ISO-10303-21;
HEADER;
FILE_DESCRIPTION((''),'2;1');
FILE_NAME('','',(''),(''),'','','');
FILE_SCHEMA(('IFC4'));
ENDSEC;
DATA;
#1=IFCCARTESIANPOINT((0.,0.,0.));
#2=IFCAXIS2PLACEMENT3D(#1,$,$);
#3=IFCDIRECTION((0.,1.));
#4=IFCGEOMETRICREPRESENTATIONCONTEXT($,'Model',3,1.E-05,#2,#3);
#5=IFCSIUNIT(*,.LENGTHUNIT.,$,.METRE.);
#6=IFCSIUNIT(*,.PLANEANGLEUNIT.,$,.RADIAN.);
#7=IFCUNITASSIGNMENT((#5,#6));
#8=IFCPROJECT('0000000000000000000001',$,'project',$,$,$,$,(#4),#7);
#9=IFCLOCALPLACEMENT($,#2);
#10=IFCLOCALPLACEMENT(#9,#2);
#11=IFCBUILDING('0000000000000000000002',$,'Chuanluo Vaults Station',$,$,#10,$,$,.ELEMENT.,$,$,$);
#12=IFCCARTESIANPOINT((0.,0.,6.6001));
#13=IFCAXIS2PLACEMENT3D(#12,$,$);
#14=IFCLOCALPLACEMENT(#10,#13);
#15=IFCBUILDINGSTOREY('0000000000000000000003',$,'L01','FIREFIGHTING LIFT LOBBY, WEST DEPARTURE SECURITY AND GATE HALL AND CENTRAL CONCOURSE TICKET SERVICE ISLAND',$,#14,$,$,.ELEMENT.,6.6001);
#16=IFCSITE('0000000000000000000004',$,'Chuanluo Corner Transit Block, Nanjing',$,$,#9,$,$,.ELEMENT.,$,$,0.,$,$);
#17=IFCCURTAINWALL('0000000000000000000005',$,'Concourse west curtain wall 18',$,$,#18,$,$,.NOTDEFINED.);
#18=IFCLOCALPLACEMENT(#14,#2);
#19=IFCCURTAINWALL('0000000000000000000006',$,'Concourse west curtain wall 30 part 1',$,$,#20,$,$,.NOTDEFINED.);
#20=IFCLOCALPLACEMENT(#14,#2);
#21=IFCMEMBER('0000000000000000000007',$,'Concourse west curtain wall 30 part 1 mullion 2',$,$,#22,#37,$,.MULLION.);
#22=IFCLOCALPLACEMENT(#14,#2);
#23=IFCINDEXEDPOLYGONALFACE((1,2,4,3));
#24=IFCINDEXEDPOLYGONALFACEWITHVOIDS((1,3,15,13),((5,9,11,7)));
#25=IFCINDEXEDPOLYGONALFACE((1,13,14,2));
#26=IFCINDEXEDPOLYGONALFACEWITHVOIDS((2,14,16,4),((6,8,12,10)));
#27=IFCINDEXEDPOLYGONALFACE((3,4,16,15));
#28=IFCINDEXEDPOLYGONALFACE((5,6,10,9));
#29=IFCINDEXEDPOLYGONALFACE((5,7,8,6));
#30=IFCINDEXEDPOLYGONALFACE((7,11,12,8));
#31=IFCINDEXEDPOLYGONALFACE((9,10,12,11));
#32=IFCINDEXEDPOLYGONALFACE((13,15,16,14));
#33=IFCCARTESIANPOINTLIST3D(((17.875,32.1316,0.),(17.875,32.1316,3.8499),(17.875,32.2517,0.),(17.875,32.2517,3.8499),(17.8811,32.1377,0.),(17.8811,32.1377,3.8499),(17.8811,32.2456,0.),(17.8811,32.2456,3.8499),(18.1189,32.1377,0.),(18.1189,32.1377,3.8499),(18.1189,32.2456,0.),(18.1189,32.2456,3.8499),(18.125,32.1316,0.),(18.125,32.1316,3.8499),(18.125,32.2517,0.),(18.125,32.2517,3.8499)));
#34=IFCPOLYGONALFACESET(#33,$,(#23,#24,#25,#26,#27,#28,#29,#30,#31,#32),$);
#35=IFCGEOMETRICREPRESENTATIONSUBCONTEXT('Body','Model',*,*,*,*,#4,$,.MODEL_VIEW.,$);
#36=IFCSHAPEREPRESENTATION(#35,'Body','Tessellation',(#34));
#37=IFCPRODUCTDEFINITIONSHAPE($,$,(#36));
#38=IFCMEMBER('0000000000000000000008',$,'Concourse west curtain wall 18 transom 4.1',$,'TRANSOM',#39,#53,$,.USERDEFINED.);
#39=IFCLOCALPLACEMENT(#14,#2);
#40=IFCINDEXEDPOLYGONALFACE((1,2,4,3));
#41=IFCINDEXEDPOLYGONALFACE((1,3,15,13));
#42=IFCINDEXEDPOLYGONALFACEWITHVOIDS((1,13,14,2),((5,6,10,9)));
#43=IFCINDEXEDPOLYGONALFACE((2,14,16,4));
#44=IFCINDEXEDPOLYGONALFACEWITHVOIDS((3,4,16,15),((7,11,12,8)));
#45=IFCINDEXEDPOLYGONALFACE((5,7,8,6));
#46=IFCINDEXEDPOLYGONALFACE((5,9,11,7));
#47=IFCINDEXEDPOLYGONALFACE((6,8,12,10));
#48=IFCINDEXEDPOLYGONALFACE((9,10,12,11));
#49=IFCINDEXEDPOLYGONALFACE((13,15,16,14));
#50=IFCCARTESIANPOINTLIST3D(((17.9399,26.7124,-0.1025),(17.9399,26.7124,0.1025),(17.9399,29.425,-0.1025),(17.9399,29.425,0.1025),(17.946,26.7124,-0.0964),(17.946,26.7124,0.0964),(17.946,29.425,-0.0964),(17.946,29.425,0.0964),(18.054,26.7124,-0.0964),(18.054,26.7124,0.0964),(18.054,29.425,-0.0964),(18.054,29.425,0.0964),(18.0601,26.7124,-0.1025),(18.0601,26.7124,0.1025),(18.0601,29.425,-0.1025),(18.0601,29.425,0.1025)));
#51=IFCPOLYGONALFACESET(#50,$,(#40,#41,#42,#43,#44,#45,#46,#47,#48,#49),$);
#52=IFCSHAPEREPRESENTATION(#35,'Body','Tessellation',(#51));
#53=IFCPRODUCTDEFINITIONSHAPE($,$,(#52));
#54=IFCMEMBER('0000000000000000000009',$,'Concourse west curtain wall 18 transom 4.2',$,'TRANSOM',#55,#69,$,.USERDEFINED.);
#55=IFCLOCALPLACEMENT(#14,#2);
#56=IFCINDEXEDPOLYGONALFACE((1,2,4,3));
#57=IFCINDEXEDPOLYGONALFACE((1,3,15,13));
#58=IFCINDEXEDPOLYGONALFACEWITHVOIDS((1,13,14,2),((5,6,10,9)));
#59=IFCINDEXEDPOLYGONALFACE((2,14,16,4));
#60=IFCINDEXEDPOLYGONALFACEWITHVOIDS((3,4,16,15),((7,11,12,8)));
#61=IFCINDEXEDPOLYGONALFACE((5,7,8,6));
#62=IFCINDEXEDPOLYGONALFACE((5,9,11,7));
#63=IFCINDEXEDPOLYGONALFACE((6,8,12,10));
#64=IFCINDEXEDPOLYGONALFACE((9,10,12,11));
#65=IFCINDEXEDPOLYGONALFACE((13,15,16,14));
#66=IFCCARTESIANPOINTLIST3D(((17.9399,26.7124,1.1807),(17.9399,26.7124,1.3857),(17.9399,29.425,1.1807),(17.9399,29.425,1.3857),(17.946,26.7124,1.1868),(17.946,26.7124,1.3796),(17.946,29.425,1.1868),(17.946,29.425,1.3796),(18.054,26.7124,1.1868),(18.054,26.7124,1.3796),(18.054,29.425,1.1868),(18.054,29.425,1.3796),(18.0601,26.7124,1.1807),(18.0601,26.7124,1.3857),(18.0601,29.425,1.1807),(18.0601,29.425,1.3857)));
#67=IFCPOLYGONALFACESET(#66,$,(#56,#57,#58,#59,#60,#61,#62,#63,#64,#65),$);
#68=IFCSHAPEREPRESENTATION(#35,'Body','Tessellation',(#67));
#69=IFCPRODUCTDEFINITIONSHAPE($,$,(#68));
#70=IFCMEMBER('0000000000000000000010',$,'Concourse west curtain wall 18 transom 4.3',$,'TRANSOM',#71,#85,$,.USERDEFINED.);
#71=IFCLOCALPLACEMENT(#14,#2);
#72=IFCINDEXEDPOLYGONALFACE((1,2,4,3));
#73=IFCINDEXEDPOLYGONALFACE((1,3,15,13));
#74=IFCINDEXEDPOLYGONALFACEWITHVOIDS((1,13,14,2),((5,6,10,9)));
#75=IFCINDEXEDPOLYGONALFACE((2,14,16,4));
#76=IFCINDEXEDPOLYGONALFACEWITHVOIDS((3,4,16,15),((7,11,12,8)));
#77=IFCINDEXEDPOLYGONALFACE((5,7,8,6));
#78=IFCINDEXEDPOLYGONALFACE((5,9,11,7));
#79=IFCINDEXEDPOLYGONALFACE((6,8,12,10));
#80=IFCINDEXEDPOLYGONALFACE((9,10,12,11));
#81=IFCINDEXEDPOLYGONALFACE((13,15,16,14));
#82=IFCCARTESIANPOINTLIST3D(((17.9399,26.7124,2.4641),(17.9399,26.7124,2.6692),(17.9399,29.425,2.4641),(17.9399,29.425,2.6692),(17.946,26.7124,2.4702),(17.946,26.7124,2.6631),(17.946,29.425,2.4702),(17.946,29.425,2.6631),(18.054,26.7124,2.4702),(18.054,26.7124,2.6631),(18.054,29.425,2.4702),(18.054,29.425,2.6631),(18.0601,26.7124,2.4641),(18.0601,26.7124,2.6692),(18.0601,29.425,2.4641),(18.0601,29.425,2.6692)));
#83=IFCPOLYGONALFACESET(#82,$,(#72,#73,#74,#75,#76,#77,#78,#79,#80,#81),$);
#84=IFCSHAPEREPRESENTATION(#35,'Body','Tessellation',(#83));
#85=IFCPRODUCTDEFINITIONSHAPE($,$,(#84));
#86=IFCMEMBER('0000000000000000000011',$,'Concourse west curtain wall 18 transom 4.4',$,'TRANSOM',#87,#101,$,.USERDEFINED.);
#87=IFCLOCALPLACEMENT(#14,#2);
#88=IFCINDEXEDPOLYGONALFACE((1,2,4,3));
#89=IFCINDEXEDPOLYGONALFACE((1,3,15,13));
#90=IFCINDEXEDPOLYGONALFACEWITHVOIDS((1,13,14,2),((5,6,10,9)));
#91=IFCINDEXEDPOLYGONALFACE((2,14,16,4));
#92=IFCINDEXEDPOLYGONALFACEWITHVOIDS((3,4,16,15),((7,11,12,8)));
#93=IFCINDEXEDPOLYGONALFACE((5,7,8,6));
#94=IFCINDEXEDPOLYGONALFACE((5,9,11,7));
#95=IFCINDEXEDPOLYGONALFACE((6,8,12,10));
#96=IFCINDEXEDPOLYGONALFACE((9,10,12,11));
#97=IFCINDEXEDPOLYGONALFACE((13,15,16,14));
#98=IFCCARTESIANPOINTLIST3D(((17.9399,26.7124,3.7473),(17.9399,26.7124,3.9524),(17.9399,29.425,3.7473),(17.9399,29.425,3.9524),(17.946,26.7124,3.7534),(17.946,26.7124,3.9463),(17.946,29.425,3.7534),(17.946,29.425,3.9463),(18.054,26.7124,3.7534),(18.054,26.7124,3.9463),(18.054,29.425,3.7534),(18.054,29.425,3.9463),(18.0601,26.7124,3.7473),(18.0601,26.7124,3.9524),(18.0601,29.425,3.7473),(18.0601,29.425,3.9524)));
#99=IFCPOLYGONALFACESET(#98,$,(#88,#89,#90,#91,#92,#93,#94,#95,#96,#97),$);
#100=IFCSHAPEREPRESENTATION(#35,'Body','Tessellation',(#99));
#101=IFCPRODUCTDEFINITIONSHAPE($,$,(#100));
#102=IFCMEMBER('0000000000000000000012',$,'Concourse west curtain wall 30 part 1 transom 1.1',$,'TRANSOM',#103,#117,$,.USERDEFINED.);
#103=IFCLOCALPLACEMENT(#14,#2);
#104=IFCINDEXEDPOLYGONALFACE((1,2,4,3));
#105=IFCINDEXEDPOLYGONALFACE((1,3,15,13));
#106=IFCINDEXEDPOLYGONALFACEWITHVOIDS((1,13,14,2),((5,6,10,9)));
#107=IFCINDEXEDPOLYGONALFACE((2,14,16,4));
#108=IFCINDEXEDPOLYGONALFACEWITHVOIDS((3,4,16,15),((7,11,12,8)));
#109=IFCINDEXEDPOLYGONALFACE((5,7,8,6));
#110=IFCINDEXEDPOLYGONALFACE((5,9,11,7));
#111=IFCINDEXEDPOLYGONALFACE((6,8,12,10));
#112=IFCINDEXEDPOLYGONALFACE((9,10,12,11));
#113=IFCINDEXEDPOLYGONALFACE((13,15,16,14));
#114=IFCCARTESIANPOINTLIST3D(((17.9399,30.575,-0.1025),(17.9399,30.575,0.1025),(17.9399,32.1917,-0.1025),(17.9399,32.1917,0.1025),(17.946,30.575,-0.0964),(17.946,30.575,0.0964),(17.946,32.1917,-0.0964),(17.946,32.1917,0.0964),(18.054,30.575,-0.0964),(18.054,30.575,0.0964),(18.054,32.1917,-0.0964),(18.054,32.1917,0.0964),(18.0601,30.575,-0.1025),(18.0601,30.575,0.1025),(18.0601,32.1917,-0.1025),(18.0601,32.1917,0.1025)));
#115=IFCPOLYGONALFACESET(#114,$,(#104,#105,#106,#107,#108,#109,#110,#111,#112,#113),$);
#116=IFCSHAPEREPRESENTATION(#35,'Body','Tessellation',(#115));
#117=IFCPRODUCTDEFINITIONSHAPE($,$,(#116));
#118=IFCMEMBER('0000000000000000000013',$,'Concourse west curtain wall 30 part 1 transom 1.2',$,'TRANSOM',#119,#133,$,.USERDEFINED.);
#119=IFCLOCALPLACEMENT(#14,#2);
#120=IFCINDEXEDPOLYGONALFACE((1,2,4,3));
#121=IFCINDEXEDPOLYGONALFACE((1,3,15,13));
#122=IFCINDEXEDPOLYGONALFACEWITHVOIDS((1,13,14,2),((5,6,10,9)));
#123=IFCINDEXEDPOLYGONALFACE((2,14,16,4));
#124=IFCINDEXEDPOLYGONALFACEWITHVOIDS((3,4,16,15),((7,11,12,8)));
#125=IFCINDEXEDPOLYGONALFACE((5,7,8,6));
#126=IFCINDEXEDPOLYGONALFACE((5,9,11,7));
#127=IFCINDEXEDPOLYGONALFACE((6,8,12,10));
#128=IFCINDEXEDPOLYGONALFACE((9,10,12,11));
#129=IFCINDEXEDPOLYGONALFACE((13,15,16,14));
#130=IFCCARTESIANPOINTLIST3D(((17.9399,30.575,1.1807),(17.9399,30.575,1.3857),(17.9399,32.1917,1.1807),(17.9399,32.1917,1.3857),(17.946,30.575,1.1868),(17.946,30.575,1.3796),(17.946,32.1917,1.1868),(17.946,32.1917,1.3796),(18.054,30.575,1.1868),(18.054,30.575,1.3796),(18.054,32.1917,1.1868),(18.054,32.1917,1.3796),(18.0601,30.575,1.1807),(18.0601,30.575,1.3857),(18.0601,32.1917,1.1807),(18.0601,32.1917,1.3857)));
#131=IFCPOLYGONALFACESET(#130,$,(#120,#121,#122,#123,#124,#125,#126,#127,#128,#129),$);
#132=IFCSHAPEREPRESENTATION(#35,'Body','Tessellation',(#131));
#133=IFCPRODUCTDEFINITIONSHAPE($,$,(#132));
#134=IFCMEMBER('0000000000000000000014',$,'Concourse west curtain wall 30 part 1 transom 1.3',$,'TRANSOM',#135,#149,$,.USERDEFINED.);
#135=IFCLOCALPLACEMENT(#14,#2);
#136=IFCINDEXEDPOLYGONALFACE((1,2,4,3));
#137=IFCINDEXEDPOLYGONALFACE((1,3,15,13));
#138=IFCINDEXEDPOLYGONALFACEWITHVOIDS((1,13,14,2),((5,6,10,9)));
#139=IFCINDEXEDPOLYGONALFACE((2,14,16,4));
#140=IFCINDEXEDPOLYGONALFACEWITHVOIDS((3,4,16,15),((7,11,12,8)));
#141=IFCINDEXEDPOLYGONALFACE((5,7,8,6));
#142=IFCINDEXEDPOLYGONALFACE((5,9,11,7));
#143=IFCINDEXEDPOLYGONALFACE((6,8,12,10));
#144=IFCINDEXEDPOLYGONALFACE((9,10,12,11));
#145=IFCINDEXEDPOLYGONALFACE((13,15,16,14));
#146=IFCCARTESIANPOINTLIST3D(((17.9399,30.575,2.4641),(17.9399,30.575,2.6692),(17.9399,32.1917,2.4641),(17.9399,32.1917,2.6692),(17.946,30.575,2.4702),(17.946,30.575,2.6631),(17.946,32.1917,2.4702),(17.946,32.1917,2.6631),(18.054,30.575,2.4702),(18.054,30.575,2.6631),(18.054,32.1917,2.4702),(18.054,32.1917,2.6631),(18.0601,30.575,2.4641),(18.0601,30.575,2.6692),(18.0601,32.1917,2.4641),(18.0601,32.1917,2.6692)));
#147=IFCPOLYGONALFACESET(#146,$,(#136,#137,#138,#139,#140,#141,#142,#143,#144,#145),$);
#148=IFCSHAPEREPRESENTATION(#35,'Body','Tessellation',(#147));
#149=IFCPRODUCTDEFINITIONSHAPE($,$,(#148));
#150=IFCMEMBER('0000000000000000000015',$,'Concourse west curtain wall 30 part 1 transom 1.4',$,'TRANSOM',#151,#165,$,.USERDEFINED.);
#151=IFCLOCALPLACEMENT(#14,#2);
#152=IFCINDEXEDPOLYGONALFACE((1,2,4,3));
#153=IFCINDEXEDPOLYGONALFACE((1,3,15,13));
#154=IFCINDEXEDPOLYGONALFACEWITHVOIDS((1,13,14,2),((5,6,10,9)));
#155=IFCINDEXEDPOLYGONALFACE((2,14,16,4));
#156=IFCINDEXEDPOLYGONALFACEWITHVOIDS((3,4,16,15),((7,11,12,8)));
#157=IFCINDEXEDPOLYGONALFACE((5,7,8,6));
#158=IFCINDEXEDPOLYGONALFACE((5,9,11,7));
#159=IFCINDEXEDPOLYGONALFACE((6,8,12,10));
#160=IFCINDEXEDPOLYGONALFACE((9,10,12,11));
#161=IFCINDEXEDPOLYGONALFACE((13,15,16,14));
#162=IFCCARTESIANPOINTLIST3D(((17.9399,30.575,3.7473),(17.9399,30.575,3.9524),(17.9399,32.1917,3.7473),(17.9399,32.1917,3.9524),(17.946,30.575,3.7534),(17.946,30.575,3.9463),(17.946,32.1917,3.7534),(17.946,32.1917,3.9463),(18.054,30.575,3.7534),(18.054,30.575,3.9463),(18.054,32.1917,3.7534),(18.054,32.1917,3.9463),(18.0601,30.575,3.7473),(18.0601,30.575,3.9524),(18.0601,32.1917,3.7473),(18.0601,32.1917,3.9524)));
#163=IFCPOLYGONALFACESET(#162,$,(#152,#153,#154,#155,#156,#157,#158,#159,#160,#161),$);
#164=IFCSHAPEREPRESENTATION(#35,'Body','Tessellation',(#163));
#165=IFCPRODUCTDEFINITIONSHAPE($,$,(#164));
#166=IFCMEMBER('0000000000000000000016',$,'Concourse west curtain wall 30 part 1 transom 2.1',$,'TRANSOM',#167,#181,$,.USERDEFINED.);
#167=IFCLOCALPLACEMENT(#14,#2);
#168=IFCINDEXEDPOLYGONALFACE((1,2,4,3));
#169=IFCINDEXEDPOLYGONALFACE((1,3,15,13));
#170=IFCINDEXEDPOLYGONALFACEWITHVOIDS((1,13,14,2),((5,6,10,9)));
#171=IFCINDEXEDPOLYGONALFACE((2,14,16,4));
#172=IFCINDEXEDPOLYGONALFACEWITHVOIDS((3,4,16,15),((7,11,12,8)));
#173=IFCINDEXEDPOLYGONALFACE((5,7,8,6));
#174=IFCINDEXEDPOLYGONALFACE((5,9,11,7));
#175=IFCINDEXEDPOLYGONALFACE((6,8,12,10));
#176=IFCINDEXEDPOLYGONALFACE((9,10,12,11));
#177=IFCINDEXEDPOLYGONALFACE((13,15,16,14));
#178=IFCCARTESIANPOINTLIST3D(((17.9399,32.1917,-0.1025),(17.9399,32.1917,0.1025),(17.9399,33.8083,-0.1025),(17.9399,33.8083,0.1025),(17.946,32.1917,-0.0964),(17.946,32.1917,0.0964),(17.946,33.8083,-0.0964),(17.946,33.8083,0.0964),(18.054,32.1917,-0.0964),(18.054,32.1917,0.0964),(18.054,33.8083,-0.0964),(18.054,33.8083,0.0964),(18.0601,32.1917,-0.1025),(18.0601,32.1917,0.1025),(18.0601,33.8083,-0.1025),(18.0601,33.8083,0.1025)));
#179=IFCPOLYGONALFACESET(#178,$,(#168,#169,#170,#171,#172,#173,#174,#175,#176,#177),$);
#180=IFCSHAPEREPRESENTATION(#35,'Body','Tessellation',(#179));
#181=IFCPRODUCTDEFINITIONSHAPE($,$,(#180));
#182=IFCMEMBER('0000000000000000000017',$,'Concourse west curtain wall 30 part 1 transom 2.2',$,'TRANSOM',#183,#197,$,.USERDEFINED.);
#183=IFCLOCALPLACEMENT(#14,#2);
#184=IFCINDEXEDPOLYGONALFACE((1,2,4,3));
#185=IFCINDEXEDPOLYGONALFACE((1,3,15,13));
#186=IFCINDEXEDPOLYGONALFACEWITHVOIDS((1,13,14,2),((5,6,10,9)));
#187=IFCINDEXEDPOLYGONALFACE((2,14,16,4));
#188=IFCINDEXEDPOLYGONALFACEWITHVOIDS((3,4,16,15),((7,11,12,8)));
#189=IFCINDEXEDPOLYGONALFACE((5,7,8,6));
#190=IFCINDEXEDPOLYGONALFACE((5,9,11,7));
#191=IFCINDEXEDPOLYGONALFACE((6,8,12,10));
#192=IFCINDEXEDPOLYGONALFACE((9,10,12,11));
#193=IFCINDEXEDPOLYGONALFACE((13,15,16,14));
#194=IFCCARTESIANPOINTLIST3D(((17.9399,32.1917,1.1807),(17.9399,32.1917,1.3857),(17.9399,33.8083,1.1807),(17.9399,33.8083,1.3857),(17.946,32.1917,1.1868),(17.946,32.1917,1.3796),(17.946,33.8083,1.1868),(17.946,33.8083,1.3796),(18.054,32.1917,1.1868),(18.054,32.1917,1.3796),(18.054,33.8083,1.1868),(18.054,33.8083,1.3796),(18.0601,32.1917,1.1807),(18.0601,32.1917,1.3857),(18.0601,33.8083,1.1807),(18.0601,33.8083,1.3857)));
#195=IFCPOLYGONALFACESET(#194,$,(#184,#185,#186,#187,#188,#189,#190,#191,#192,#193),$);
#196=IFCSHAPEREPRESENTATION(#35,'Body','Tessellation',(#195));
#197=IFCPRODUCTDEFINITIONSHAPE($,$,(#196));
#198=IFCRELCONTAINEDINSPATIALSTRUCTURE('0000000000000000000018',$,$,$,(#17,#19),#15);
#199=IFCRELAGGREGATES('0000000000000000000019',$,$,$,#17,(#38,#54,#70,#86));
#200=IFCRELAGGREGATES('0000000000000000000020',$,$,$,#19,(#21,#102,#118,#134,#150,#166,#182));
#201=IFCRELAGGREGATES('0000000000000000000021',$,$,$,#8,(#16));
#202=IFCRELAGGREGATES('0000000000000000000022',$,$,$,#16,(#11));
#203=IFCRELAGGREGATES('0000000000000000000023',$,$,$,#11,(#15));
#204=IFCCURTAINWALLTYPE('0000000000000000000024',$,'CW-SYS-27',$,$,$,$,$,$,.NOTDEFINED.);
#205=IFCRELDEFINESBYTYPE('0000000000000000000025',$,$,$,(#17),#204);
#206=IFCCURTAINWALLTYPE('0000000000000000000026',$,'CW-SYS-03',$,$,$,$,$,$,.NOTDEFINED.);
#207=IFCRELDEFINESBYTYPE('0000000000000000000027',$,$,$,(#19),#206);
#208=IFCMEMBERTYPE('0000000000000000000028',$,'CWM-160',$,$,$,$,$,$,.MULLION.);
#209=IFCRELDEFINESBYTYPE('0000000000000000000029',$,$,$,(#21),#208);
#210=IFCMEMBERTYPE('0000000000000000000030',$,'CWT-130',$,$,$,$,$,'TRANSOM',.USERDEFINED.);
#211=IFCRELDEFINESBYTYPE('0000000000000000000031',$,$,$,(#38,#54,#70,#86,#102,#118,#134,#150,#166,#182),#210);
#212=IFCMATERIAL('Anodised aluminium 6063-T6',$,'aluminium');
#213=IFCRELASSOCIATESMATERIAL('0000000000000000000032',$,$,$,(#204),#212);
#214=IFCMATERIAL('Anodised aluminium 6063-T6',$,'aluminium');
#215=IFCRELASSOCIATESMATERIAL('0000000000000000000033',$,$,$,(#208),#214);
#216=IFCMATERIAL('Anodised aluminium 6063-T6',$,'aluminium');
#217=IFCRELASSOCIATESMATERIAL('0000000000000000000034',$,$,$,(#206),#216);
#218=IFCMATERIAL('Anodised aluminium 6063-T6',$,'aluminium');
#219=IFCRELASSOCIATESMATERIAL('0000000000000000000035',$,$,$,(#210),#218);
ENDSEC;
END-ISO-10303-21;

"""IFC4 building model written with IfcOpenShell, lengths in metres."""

from ifc_helpers import new_model, si_unit, direction, frame, origin, origin_2d, place, context, subcontext, project, spatial, hollow_rectangle, extrude, material, material_profile, profile_set, type_object, element, aggregate, save


model = new_model("IFC4")

# Units and contexts
model_context = context("Model", 3, precision=1e-05, world=origin(), true_north=direction((0.0, 1.0)))
body_context = subcontext(model_context, "Body", "Model", "MODEL_VIEW")
ifc_project = project(units=[si_unit("LENGTHUNIT", "METRE"), si_unit("PLANEANGLEUNIT", "RADIAN")], contexts=[model_context])

# Site, building, storey
site_placement = place(None, origin())
site = spatial("IfcSite", under=ifc_project, at=site_placement, Name="Chuanluo Corner Transit Block, Nanjing", CompositionType="ELEMENT", RefElevation=0.0)
building_placement = place(site_placement, origin())
building = spatial("IfcBuilding", under=site, at=building_placement, Name="Chuanluo Vaults Station", CompositionType="ELEMENT")
storey_placement = place(building_placement, frame((0.0, 0.0, 6.6001)))
storey = spatial("IfcBuildingStorey", under=building, at=storey_placement, Name="L01", Description="FIREFIGHTING LIFT LOBBY, WEST DEPARTURE SECURITY AND GATE HALL AND CENTRAL CONCOURSE TICKET SERVICE ISLAND", CompositionType="ELEMENT", Elevation=6.6001)

# Curtain walls, member
ifc_material_1 = material(Name="Anodised aluminium 6063-T6", Category="aluminium")
curtain_wall_type_1 = type_object("IfcCurtainWallType", Name="CW-SYS-27", PredefinedType="NOTDEFINED", material=ifc_material_1)
curtain_wall_1_placement = place(storey_placement, origin())
curtain_wall_1 = element("IfcCurtainWall", 1, at=curtain_wall_1_placement, inside=storey, type_object=curtain_wall_type_1, Name="Concourse west curtain wall 18", PredefinedType="NOTDEFINED")
ifc_material_2 = material(Name="Anodised aluminium 6063-T6", Category="aluminium")
ifc_material_profile_1 = material_profile(ifc_material_2, hollow_rectangle(XDim=0.1201, YDim=0.25, WallThickness=0.0061, at=origin_2d()))
ifc_profile_set_1 = profile_set([ifc_material_profile_1], Name="Anodised aluminium 6063-T6")
member_type_1 = type_object("IfcMemberType", Name="CWM-160", PredefinedType="MULLION", material=ifc_profile_set_1)
ifc_material_3 = material(Name="Anodised aluminium 6063-T6", Category="aluminium")
curtain_wall_type_2 = type_object("IfcCurtainWallType", Name="CW-SYS-03", PredefinedType="NOTDEFINED", material=ifc_material_3)
curtain_wall_2_placement = place(storey_placement, origin())
curtain_wall_2 = element("IfcCurtainWall", 2, at=curtain_wall_2_placement, inside=storey, type_object=curtain_wall_type_2, Name="Concourse west curtain wall 30 part 1", PredefinedType="NOTDEFINED")
member_1_placement = place(storey_placement, frame((18.0, 32.1917, 0.0), z_axis=(0.0, 0.0, 1.0), x_axis=(0.0, 1.0, 0.0)))
member_1 = element("IfcMember", 3, at=member_1_placement, type_object=member_type_1, Name="Concourse west curtain wall 30 part 1 mullion 2", PredefinedType="MULLION", context=body_context, shape_type="SweptSolid", body=[
    extrude(hollow_rectangle(XDim=0.1201, YDim=0.25, WallThickness=0.0061, at=origin_2d()), origin(), (0.0, 0.0, 1.0), 3.8499),
])

# Members
ifc_material_4 = material(Name="Anodised aluminium 6063-T6", Category="aluminium")
ifc_material_profile_2 = material_profile(ifc_material_4, hollow_rectangle(XDim=0.1201, YDim=0.2051, WallThickness=0.0061, at=origin_2d()))
ifc_profile_set_2 = profile_set([ifc_material_profile_2], Name="Anodised aluminium 6063-T6")
member_type_2 = type_object("IfcMemberType", Name="CWT-130", ElementType="TRANSOM", PredefinedType="USERDEFINED", material=ifc_profile_set_2)
member_2_placement = place(storey_placement, frame((18.0, 26.7124, 0.0), z_axis=(0.0, 1.0, 0.0), x_axis=(-1.0, 0.0, 0.0)))
member_2 = element("IfcMember", 4, at=member_2_placement, type_object=member_type_2, Name="Concourse west curtain wall 18 transom 4.1", ObjectType="TRANSOM", PredefinedType="USERDEFINED", context=body_context, shape_type="SweptSolid", body=[
    extrude(hollow_rectangle(XDim=0.1201, YDim=0.2051, WallThickness=0.0061, at=origin_2d()), origin(), (0.0, 0.0, 1.0), 2.7126),
])
member_3_placement = place(storey_placement, frame((18.0, 26.7124, 1.2832), z_axis=(0.0, 1.0, 0.0), x_axis=(-1.0, 0.0, 0.0)))
member_3 = element("IfcMember", 5, at=member_3_placement, type_object=member_type_2, Name="Concourse west curtain wall 18 transom 4.2", ObjectType="TRANSOM", PredefinedType="USERDEFINED", context=body_context, shape_type="SweptSolid", body=[
    extrude(hollow_rectangle(XDim=0.1201, YDim=0.2051, WallThickness=0.0061, at=origin_2d()), origin(), (0.0, 0.0, 1.0), 2.7126),
])
member_4_placement = place(storey_placement, frame((18.0, 26.7124, 2.5667), z_axis=(0.0, 1.0, 0.0), x_axis=(-1.0, 0.0, 0.0)))
member_4 = element("IfcMember", 6, at=member_4_placement, type_object=member_type_2, Name="Concourse west curtain wall 18 transom 4.3", ObjectType="TRANSOM", PredefinedType="USERDEFINED", context=body_context, shape_type="SweptSolid", body=[
    extrude(hollow_rectangle(XDim=0.1201, YDim=0.2051, WallThickness=0.0061, at=origin_2d()), origin(), (0.0, 0.0, 1.0), 2.7126),
])
member_5_placement = place(storey_placement, frame((18.0, 26.7124, 3.8499), z_axis=(0.0, 1.0, 0.0), x_axis=(-1.0, 0.0, 0.0)))
member_5 = element("IfcMember", 7, at=member_5_placement, type_object=member_type_2, Name="Concourse west curtain wall 18 transom 4.4", ObjectType="TRANSOM", PredefinedType="USERDEFINED", context=body_context, shape_type="SweptSolid", body=[
    extrude(hollow_rectangle(XDim=0.1201, YDim=0.2051, WallThickness=0.0061, at=origin_2d()), origin(), (0.0, 0.0, 1.0), 2.7126),
])
member_6_placement = place(storey_placement, frame((18.0, 30.575, 0.0), z_axis=(0.0, 1.0, 0.0), x_axis=(-1.0, 0.0, 0.0)))
member_6 = element("IfcMember", 8, at=member_6_placement, type_object=member_type_2, Name="Concourse west curtain wall 30 part 1 transom 1.1", ObjectType="TRANSOM", PredefinedType="USERDEFINED", context=body_context, shape_type="SweptSolid", body=[
    extrude(hollow_rectangle(XDim=0.1201, YDim=0.2051, WallThickness=0.0061, at=origin_2d()), origin(), (0.0, 0.0, 1.0), 1.6167),
])
member_7_placement = place(storey_placement, frame((18.0, 30.575, 1.2832), z_axis=(0.0, 1.0, 0.0), x_axis=(-1.0, 0.0, 0.0)))
member_7 = element("IfcMember", 9, at=member_7_placement, type_object=member_type_2, Name="Concourse west curtain wall 30 part 1 transom 1.2", ObjectType="TRANSOM", PredefinedType="USERDEFINED", context=body_context, shape_type="SweptSolid", body=[
    extrude(hollow_rectangle(XDim=0.1201, YDim=0.2051, WallThickness=0.0061, at=origin_2d()), origin(), (0.0, 0.0, 1.0), 1.6167),
])
member_8_placement = place(storey_placement, frame((18.0, 30.575, 2.5667), z_axis=(0.0, 1.0, 0.0), x_axis=(-1.0, 0.0, 0.0)))
member_8 = element("IfcMember", 10, at=member_8_placement, type_object=member_type_2, Name="Concourse west curtain wall 30 part 1 transom 1.3", ObjectType="TRANSOM", PredefinedType="USERDEFINED", context=body_context, shape_type="SweptSolid", body=[
    extrude(hollow_rectangle(XDim=0.1201, YDim=0.2051, WallThickness=0.0061, at=origin_2d()), origin(), (0.0, 0.0, 1.0), 1.6167),
])
member_9_placement = place(storey_placement, frame((18.0, 30.575, 3.8499), z_axis=(0.0, 1.0, 0.0), x_axis=(-1.0, 0.0, 0.0)))
member_9 = element("IfcMember", 11, at=member_9_placement, type_object=member_type_2, Name="Concourse west curtain wall 30 part 1 transom 1.4", ObjectType="TRANSOM", PredefinedType="USERDEFINED", context=body_context, shape_type="SweptSolid", body=[
    extrude(hollow_rectangle(XDim=0.1201, YDim=0.2051, WallThickness=0.0061, at=origin_2d()), origin(), (0.0, 0.0, 1.0), 1.6167),
])
member_10_placement = place(storey_placement, frame((18.0, 32.1917, 0.0), z_axis=(0.0, 1.0, 0.0), x_axis=(-1.0, 0.0, 0.0)))
member_10 = element("IfcMember", 12, at=member_10_placement, type_object=member_type_2, Name="Concourse west curtain wall 30 part 1 transom 2.1", ObjectType="TRANSOM", PredefinedType="USERDEFINED", context=body_context, shape_type="SweptSolid", body=[
    extrude(hollow_rectangle(XDim=0.1201, YDim=0.2051, WallThickness=0.0061, at=origin_2d()), origin(), (0.0, 0.0, 1.0), 1.6167),
])
member_11_placement = place(storey_placement, frame((18.0, 32.1917, 1.2832), z_axis=(0.0, 1.0, 0.0), x_axis=(-1.0, 0.0, 0.0)))
member_11 = element("IfcMember", 13, at=member_11_placement, type_object=member_type_2, Name="Concourse west curtain wall 30 part 1 transom 2.2", ObjectType="TRANSOM", PredefinedType="USERDEFINED", context=body_context, shape_type="SweptSolid", body=[
    extrude(hollow_rectangle(XDim=0.1201, YDim=0.2051, WallThickness=0.0061, at=origin_2d()), origin(), (0.0, 0.0, 1.0), 1.6167),
])

aggregate(curtain_wall_1, [member_2, member_3, member_4, member_5])
aggregate(curtain_wall_2, [member_1, member_6, member_7, member_8, member_9, member_10, member_11])

save(model, "model.ifc")
